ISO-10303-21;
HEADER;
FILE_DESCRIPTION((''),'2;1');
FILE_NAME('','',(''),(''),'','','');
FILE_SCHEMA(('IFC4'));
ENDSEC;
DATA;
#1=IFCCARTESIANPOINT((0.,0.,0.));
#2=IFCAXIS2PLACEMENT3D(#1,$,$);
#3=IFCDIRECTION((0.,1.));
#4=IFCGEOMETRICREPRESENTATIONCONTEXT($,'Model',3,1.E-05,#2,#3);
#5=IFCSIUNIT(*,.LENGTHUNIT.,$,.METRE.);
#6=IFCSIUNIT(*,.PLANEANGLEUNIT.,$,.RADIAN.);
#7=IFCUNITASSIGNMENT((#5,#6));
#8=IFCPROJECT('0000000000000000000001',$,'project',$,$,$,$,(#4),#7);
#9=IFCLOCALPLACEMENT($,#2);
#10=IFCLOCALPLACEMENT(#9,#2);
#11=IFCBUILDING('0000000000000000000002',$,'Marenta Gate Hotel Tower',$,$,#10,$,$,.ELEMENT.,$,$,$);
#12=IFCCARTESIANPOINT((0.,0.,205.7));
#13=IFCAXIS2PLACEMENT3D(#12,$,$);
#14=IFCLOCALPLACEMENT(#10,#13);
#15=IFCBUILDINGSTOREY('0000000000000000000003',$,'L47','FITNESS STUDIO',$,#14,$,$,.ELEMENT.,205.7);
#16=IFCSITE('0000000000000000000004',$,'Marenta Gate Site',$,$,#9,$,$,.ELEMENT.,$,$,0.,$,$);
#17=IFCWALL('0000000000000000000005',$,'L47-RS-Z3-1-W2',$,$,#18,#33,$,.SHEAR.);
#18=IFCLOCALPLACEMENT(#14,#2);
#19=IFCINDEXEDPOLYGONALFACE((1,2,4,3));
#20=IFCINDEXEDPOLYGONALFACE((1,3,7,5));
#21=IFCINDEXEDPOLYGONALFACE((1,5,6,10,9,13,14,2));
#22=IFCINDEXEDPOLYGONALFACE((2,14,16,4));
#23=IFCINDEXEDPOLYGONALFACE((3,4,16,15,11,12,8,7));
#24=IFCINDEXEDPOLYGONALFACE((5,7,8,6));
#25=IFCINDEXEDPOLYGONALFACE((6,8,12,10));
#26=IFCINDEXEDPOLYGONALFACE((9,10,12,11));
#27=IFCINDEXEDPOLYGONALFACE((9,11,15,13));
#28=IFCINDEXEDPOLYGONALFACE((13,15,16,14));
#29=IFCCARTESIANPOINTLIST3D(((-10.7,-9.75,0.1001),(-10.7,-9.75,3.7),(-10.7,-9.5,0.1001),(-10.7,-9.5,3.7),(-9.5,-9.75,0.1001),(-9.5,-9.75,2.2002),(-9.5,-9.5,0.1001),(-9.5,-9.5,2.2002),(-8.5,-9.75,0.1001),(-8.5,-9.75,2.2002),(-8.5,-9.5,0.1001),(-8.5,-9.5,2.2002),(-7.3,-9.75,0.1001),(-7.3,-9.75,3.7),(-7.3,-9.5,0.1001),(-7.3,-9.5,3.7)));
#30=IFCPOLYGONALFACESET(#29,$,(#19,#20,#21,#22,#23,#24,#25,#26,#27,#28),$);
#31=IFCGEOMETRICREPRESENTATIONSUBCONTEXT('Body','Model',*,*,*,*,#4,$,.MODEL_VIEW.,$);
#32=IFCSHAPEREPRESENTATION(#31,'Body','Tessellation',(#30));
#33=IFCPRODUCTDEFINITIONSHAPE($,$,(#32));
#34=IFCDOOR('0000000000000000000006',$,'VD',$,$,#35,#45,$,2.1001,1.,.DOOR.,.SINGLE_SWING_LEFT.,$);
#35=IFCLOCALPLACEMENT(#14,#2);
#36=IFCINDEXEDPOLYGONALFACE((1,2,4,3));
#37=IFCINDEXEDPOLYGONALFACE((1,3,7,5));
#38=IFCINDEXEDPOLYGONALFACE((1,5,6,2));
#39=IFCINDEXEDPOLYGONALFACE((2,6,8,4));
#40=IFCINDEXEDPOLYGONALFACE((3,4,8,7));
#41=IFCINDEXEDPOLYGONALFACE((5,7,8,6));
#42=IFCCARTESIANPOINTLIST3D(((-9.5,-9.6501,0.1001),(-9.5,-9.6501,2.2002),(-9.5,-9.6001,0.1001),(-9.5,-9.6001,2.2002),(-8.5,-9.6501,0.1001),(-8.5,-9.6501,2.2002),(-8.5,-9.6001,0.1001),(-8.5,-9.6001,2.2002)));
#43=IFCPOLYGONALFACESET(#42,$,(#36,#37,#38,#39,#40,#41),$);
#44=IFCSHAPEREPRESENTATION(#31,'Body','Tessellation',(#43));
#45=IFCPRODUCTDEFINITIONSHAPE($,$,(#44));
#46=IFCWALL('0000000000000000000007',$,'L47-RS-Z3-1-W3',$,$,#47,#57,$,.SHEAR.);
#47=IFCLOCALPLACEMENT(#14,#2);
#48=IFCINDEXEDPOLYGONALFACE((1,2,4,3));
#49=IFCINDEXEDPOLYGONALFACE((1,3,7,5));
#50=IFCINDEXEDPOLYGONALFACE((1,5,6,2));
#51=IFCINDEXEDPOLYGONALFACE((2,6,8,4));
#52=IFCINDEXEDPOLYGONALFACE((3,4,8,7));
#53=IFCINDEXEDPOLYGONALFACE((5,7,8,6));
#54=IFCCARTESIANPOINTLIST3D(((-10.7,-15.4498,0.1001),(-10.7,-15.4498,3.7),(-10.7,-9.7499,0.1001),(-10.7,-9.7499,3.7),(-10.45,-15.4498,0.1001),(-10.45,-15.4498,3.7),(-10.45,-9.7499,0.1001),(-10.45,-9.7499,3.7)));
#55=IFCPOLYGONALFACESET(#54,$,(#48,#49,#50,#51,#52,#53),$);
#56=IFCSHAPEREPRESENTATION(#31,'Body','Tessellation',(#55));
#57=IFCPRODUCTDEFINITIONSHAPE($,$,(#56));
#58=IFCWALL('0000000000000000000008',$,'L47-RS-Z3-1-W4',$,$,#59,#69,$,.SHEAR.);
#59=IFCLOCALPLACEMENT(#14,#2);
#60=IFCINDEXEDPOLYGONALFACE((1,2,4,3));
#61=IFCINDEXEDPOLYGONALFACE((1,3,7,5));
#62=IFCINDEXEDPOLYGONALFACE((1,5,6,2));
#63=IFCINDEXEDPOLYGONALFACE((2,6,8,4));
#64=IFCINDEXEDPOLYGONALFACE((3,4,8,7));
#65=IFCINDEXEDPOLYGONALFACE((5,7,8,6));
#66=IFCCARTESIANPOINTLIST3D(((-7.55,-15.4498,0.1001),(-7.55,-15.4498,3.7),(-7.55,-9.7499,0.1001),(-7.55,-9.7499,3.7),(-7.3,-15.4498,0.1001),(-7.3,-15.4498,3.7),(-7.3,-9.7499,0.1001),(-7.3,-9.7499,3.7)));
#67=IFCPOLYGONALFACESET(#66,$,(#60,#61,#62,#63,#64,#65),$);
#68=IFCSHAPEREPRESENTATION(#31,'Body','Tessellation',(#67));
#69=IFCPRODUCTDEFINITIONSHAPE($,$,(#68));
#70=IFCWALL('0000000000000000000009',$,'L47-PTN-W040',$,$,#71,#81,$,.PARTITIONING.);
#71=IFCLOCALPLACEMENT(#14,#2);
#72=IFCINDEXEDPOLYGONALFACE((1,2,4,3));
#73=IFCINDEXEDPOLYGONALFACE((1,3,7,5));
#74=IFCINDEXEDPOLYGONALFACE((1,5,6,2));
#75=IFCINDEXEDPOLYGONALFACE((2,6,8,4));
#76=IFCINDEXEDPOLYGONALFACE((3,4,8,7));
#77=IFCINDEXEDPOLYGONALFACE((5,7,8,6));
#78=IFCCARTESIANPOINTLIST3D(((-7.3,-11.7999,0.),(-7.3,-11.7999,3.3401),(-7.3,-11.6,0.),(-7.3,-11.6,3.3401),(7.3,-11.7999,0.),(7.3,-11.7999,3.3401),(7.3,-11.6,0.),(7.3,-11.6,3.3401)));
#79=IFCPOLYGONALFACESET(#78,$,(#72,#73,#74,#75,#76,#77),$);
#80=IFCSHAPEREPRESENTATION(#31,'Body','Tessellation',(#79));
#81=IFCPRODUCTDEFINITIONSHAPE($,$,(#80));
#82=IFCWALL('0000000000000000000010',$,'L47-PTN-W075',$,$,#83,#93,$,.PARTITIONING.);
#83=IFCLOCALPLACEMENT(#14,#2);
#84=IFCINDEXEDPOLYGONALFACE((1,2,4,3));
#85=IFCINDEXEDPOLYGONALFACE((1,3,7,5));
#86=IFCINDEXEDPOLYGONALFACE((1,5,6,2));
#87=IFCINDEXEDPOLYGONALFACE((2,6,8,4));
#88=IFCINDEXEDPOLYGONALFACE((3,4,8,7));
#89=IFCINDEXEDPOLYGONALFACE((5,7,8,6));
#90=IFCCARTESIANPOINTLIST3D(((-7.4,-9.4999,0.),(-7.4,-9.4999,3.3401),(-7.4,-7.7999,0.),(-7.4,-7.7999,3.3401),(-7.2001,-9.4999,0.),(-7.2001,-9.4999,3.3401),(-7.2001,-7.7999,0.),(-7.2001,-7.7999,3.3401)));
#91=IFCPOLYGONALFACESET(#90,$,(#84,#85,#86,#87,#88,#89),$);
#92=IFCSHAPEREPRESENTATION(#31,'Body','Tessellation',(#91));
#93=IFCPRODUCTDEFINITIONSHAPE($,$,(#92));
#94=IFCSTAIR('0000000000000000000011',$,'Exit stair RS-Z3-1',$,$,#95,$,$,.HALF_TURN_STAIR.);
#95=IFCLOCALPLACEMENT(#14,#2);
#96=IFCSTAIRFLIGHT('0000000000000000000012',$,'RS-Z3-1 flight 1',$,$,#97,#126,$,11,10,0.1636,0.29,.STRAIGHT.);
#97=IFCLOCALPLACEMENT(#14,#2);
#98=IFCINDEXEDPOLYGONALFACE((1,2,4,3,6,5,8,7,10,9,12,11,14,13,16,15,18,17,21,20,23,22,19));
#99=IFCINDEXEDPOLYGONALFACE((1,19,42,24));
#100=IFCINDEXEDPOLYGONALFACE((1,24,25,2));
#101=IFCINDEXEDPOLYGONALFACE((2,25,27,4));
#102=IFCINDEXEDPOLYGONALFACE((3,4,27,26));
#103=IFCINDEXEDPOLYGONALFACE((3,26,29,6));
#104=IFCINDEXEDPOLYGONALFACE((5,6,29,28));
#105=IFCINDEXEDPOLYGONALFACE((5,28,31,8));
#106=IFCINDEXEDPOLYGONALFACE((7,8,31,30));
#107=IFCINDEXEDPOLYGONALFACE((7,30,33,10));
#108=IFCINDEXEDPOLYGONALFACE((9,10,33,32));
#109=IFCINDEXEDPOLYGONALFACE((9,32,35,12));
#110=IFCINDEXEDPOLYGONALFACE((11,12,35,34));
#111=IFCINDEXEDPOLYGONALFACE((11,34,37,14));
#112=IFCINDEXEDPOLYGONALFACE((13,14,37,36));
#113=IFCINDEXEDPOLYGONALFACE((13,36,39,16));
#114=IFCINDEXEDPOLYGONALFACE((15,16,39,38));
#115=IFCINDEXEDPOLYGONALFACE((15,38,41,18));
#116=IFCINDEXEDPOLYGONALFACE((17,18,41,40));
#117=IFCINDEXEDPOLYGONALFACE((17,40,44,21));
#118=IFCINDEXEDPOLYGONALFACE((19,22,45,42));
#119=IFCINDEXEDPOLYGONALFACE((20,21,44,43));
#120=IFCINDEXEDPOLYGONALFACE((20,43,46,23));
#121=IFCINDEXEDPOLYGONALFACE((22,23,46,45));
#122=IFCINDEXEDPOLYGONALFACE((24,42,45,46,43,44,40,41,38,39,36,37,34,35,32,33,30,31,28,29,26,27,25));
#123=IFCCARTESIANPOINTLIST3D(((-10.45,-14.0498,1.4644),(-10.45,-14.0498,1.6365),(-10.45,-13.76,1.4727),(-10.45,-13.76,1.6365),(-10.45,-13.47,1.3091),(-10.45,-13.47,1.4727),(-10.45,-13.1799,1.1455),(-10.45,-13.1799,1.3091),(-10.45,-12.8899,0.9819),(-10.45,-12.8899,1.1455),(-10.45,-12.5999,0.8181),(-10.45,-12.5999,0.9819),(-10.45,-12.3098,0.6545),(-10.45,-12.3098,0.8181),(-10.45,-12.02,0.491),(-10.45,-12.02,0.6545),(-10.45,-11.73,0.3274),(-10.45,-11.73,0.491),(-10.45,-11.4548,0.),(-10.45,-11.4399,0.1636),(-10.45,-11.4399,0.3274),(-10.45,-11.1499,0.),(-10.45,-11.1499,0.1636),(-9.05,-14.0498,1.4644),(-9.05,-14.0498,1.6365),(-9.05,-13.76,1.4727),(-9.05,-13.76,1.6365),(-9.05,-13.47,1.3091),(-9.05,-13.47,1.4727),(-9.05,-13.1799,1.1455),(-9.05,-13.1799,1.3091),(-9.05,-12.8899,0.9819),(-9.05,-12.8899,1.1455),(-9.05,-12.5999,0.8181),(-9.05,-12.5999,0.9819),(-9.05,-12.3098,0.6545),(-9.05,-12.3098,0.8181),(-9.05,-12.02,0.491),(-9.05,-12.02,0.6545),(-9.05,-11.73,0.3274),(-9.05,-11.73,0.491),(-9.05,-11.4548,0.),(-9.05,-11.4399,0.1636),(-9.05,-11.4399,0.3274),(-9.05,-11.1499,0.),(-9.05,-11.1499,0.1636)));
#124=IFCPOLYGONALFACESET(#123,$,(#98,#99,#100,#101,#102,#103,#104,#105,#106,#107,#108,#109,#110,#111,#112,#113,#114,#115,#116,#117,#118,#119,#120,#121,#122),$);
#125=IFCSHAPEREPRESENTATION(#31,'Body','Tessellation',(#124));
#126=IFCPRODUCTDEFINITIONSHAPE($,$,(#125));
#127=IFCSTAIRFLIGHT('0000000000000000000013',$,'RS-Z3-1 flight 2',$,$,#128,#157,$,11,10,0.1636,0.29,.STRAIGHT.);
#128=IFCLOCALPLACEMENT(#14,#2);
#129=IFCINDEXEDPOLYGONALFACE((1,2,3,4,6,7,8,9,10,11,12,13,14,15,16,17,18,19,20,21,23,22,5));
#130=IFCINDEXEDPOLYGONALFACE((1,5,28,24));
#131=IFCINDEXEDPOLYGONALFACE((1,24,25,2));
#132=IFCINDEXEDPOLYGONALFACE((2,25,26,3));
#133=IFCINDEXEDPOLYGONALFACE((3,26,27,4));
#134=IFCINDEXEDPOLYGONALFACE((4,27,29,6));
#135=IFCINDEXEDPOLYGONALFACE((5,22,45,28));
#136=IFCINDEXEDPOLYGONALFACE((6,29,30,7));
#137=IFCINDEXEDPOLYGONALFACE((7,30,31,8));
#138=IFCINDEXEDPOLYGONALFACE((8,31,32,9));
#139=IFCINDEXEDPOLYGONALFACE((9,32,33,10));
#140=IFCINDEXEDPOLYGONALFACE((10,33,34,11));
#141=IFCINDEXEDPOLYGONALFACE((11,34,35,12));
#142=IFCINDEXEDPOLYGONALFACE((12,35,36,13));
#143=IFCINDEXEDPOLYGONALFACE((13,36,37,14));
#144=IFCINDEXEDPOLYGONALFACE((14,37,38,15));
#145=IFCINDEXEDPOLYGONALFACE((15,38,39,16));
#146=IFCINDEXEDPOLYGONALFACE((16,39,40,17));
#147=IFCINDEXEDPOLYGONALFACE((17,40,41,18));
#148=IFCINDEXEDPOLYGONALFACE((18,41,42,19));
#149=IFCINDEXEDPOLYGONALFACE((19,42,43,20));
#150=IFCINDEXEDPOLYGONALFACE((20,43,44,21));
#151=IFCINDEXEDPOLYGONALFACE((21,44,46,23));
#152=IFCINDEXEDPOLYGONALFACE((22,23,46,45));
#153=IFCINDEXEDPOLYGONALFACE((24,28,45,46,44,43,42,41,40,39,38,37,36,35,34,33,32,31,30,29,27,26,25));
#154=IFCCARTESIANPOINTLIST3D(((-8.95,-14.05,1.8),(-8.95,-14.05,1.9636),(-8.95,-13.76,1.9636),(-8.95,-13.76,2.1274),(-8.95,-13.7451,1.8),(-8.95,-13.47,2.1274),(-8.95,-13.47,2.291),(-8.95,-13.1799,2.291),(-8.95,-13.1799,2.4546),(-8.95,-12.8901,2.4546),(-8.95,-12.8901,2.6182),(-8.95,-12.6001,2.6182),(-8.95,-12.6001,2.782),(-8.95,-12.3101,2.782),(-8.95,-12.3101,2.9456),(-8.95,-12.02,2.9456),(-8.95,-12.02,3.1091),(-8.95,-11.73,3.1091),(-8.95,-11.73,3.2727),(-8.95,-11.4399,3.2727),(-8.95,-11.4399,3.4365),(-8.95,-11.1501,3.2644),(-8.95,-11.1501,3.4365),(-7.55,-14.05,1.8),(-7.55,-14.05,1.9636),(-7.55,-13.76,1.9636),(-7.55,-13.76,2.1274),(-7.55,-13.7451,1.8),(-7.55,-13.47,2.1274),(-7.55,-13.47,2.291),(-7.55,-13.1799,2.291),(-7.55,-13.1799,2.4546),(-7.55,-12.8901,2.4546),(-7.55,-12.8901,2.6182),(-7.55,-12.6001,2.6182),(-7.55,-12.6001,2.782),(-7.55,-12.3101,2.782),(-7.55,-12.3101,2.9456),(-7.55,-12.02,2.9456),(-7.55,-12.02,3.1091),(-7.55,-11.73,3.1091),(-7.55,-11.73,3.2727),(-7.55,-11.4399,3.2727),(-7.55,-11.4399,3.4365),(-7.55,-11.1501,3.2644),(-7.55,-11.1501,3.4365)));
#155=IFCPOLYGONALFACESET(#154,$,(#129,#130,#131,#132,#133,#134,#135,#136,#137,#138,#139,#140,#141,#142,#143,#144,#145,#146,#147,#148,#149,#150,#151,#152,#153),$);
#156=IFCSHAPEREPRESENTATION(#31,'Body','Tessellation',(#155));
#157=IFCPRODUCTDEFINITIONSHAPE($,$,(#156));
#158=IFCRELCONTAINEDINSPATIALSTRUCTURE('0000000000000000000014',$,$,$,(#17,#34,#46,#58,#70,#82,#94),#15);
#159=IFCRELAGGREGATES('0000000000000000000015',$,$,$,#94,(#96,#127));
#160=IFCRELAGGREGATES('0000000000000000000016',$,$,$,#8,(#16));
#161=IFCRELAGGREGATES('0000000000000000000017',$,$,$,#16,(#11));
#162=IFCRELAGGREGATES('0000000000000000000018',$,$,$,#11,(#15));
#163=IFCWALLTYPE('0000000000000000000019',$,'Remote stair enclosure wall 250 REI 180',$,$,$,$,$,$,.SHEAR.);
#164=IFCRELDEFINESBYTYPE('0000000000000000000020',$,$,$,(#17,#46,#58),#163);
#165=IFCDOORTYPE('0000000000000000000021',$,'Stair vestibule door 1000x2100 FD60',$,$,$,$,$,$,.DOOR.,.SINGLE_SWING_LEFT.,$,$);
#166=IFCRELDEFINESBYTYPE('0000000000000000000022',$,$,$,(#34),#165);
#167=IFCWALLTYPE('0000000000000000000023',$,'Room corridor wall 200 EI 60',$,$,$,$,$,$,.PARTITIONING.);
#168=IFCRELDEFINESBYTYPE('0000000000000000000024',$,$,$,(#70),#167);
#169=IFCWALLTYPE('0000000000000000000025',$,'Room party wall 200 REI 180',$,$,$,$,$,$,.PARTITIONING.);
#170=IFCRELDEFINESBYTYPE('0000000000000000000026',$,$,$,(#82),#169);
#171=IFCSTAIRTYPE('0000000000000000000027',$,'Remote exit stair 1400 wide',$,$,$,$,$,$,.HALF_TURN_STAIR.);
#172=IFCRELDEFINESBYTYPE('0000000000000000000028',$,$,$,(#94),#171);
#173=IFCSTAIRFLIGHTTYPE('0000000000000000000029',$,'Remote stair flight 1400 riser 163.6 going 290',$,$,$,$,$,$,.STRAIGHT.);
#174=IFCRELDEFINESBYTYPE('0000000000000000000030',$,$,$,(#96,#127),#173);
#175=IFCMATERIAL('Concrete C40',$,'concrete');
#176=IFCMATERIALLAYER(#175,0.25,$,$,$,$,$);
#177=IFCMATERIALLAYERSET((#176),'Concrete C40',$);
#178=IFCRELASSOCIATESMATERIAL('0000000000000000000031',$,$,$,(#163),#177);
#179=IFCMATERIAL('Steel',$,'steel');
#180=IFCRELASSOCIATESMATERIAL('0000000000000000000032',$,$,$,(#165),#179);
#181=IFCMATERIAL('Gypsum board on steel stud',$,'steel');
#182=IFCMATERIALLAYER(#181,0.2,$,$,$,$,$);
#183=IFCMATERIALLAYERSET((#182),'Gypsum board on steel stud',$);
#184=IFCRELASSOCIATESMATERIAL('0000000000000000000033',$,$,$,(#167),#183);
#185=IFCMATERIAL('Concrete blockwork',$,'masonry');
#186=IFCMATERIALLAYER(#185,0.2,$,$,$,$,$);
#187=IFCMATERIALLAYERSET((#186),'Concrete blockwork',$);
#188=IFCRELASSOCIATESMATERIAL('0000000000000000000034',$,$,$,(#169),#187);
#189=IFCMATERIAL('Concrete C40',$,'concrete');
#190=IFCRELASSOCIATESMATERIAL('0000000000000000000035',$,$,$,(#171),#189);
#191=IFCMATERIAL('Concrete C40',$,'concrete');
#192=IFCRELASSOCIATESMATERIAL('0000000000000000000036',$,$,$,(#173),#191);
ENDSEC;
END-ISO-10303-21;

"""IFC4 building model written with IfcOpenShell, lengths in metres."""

from ifc_helpers import new_model, si_unit, direction, frame, frame_2d, origin, place, context, subcontext, project, spatial, polyline, rectangle, outline, extrude, material, layer, layer_set, type_object, element, fill, aggregate, save


model = new_model("IFC4")

# Units and contexts
model_context = context("Model", 3, precision=1e-05, world=origin(), true_north=direction((0.0, 1.0)))
body_context = subcontext(model_context, "Body", "Model", "MODEL_VIEW")
ifc_project = project(units=[si_unit("LENGTHUNIT", "METRE"), si_unit("PLANEANGLEUNIT", "RADIAN")], contexts=[model_context])

# Site, building, storey
site_placement = place(None, origin())
site = spatial("IfcSite", under=ifc_project, at=site_placement, Name="Marenta Gate Site", CompositionType="ELEMENT", RefElevation=0.0)
building_placement = place(site_placement, origin())
building = spatial("IfcBuilding", under=site, at=building_placement, Name="Marenta Gate Hotel Tower", CompositionType="ELEMENT")
storey_placement = place(building_placement, frame((0.0, 0.0, 205.7)))
storey = spatial("IfcBuildingStorey", under=building, at=storey_placement, Name="L47", Description="FITNESS STUDIO", CompositionType="ELEMENT", Elevation=205.7)

# Shared definitions
ifc_material_1 = material(Name="Concrete C40", Category="concrete")
ifc_layer_1 = layer(ifc_material_1, 0.25)
ifc_layer_set_1 = layer_set([ifc_layer_1], Name="Concrete C40")
wall_type_1 = type_object("IfcWallType", Name="Remote stair enclosure wall 250 REI 180", PredefinedType="SHEAR", material=ifc_layer_set_1)

# Wall, opening, door
wall_1_placement = place(storey_placement, frame((-10.7, -9.625, 0.1001), z_axis=(0.0, 0.0, 1.0), x_axis=(1.0, 0.0, 0.0)))
wall_1 = element("IfcWall", 1, at=wall_1_placement, inside=storey, type_object=wall_type_1, Name="L47-RS-Z3-1-W2", PredefinedType="SHEAR", context=body_context, shape_type="SweptSolid", body=[
    extrude(rectangle(XDim=3.3999, YDim=0.25, at=frame_2d((1.7, 0.0))), origin(), (0.0, 0.0, 1.0), 3.5999),
])
opening_1_placement = place(wall_1_placement, frame((1.2, 0.0, 0.0)))
opening_1 = element("IfcOpeningElement", 2, at=opening_1_placement, cuts=wall_1, PredefinedType="OPENING", context=body_context, shape_type="SweptSolid", body=[
    extrude(rectangle(XDim=1.0, YDim=2.1001, at=frame_2d((0.5, 1.05))), frame((0.0, 0.125, 0.0), z_axis=(0.0, -1.0, 0.0), x_axis=(1.0, 0.0, 0.0)), (0.0, 0.0, 1.0), 0.25),
])
ifc_material_2 = material(Name="Steel", Category="steel")
door_type_1 = type_object("IfcDoorType", Name="Stair vestibule door 1000x2100 FD60", OperationType="SINGLE_SWING_LEFT", PredefinedType="DOOR", material=ifc_material_2)
door_1_placement = place(opening_1_placement, origin())
door_1 = element("IfcDoor", 3, at=door_1_placement, inside=storey, type_object=door_type_1, Name="VD", OperationType="SINGLE_SWING_LEFT", OverallHeight=2.1001, OverallWidth=1.0, PredefinedType="DOOR", context=body_context, shape_type="SweptSolid", body=[
    extrude(rectangle(XDim=1.0, YDim=2.1001, at=frame_2d((0.5, 1.05))), frame((0.0, 0.0249, 0.0), z_axis=(0.0, -1.0, 0.0), x_axis=(1.0, 0.0, 0.0)), (0.0, 0.0, 1.0), 0.05),
])
fill(opening_1, door_1)

# Walls
for number, where, z_axis, x_axis, name in (
    (4, (-10.575, -15.45, 0.1001), (0.0, 0.0, 1.0), (0.0, 1.0, 0.0), "L47-RS-Z3-1-W3"),
    (5, (-7.425, -15.45, 0.1001), (0.0, 0.0, 1.0), (0.0, 1.0, 0.0), "L47-RS-Z3-1-W4"),
):
    element("IfcWall", number, at=place(storey_placement, frame(where, z_axis=z_axis, x_axis=x_axis)), inside=storey, type_object=wall_type_1, Name=name, PredefinedType="SHEAR", context=body_context, shape_type="SweptSolid", body=[
        extrude(rectangle(XDim=5.7, YDim=0.25, at=frame_2d((2.8501, 0.0))), origin(), (0.0, 0.0, 1.0), 3.5999),
    ])

# Shared definitions
ifc_material_3 = material(Name="Gypsum board on steel stud", Category="steel")
ifc_layer_2 = layer(ifc_material_3, 0.2)
ifc_layer_set_2 = layer_set([ifc_layer_2], Name="Gypsum board on steel stud")
wall_type_2 = type_object("IfcWallType", Name="Room corridor wall 200 EI 60", PredefinedType="PARTITIONING", material=ifc_layer_set_2)

# Wall
wall_2_placement = place(storey_placement, frame((-7.3, -11.7, 0.0), z_axis=(0.0, 0.0, 1.0), x_axis=(1.0, 0.0, 0.0)))
element("IfcWall", 6, at=wall_2_placement, inside=storey, type_object=wall_type_2, Name="L47-PTN-W040", PredefinedType="PARTITIONING", context=body_context, shape_type="SweptSolid", body=[
    extrude(rectangle(XDim=14.6001, YDim=0.2, at=frame_2d((7.3, 0.0))), origin(), (0.0, 0.0, 1.0), 3.3401),
])

# Wall
ifc_material_4 = material(Name="Concrete blockwork", Category="masonry")
ifc_layer_3 = layer(ifc_material_4, 0.2)
ifc_layer_set_3 = layer_set([ifc_layer_3], Name="Concrete blockwork")
wall_type_3 = type_object("IfcWallType", Name="Room party wall 200 REI 180", PredefinedType="PARTITIONING", material=ifc_layer_set_3)
wall_3_placement = place(storey_placement, frame((-7.3, -9.5, 0.0), z_axis=(0.0, 0.0, 1.0), x_axis=(0.0, 1.0, 0.0)))
element("IfcWall", 7, at=wall_3_placement, inside=storey, type_object=wall_type_3, Name="L47-PTN-W075", PredefinedType="PARTITIONING", context=body_context, shape_type="SweptSolid", body=[
    extrude(rectangle(XDim=1.7, YDim=0.2, at=frame_2d((0.8501, 0.0))), origin(), (0.0, 0.0, 1.0), 3.3401),
])

# Stair, stair flights
ifc_material_5 = material(Name="Concrete C40", Category="concrete")
stair_type = type_object("IfcStairType", Name="Remote exit stair 1400 wide", PredefinedType="HALF_TURN_STAIR", material=ifc_material_5)
stair_placement = place(storey_placement, origin())
stair = element("IfcStair", 8, at=stair_placement, inside=storey, type_object=stair_type, Name="Exit stair RS-Z3-1", PredefinedType="HALF_TURN_STAIR")
ifc_material_6 = material(Name="Concrete C40", Category="concrete")
stair_flight_type = type_object("IfcStairFlightType", Name="Remote stair flight 1400 riser 163.6 going 290", PredefinedType="STRAIGHT", material=ifc_material_6)
stair_flight_1_placement = place(storey_placement, frame((-9.75, -11.1499, 0.0), z_axis=(0.0, 0.0, 1.0), x_axis=(0.0, -1.0, 0.0)))
stair_flight_1 = element("IfcStairFlight", 9, at=stair_flight_1_placement, type_object=stair_flight_type, Name="RS-Z3-1 flight 1", NumberOfRisers=11, NumberOfTreads=10, PredefinedType="STRAIGHT", RiserHeight=0.1636, TreadLength=0.29, context=body_context, shape_type="SweptSolid", body=[
    extrude(outline(polyline([(0.0, 0.0), (0.0, 0.1636), (0.29, 0.1636), (0.29, 0.3274), (0.5801, 0.3274), (0.5801, 0.491), (0.8701, 0.491), (0.8701, 0.6545), (1.1599, 0.6545), (1.1599, 0.8181), (1.45, 0.8181), (1.45, 0.9819), (1.74, 0.9819), (1.74, 1.1455), (2.03, 1.1455), (2.03, 1.3091), (2.3201, 1.3091), (2.3201, 1.4727), (2.6101, 1.4727), (2.6101, 1.6365), (2.8999, 1.6365), (2.8999, 1.8), (2.8999, 1.4644), (0.3049, 0.0), (0.0, 0.0)])), frame((0.0, 0.7, 0.0), z_axis=(0.0, -1.0, 0.0), x_axis=(1.0, 0.0, 0.0)), (0.0, 0.0, 1.0), 1.3999),
])
stair_flight_2_placement = place(storey_placement, frame((-8.25, -14.05, 1.8), z_axis=(0.0, 0.0, 1.0), x_axis=(0.0, 1.0, 0.0)))
stair_flight_2 = element("IfcStairFlight", 10, at=stair_flight_2_placement, type_object=stair_flight_type, Name="RS-Z3-1 flight 2", NumberOfRisers=11, NumberOfTreads=10, PredefinedType="STRAIGHT", RiserHeight=0.1636, TreadLength=0.29, context=body_context, shape_type="SweptSolid", body=[
    extrude(outline(polyline([(0.0, 0.0), (0.0, 0.1636), (0.29, 0.1636), (0.29, 0.3274), (0.5801, 0.3274), (0.5801, 0.491), (0.8701, 0.491), (0.8701, 0.6545), (1.1599, 0.6545), (1.1599, 0.8181), (1.45, 0.8181), (1.45, 0.9819), (1.74, 0.9819), (1.74, 1.1455), (2.03, 1.1455), (2.03, 1.3091), (2.3201, 1.3091), (2.3201, 1.4727), (2.6101, 1.4727), (2.6101, 1.6365), (2.8999, 1.6365), (2.8999, 1.8), (2.8999, 1.4644), (0.3049, 0.0), (0.0, 0.0)])), frame((0.0, 0.7, 0.0), z_axis=(0.0, -1.0, 0.0), x_axis=(1.0, 0.0, 0.0)), (0.0, 0.0, 1.0), 1.3999),
])
aggregate(stair, [stair_flight_1, stair_flight_2])

save(model, "model.ifc")
